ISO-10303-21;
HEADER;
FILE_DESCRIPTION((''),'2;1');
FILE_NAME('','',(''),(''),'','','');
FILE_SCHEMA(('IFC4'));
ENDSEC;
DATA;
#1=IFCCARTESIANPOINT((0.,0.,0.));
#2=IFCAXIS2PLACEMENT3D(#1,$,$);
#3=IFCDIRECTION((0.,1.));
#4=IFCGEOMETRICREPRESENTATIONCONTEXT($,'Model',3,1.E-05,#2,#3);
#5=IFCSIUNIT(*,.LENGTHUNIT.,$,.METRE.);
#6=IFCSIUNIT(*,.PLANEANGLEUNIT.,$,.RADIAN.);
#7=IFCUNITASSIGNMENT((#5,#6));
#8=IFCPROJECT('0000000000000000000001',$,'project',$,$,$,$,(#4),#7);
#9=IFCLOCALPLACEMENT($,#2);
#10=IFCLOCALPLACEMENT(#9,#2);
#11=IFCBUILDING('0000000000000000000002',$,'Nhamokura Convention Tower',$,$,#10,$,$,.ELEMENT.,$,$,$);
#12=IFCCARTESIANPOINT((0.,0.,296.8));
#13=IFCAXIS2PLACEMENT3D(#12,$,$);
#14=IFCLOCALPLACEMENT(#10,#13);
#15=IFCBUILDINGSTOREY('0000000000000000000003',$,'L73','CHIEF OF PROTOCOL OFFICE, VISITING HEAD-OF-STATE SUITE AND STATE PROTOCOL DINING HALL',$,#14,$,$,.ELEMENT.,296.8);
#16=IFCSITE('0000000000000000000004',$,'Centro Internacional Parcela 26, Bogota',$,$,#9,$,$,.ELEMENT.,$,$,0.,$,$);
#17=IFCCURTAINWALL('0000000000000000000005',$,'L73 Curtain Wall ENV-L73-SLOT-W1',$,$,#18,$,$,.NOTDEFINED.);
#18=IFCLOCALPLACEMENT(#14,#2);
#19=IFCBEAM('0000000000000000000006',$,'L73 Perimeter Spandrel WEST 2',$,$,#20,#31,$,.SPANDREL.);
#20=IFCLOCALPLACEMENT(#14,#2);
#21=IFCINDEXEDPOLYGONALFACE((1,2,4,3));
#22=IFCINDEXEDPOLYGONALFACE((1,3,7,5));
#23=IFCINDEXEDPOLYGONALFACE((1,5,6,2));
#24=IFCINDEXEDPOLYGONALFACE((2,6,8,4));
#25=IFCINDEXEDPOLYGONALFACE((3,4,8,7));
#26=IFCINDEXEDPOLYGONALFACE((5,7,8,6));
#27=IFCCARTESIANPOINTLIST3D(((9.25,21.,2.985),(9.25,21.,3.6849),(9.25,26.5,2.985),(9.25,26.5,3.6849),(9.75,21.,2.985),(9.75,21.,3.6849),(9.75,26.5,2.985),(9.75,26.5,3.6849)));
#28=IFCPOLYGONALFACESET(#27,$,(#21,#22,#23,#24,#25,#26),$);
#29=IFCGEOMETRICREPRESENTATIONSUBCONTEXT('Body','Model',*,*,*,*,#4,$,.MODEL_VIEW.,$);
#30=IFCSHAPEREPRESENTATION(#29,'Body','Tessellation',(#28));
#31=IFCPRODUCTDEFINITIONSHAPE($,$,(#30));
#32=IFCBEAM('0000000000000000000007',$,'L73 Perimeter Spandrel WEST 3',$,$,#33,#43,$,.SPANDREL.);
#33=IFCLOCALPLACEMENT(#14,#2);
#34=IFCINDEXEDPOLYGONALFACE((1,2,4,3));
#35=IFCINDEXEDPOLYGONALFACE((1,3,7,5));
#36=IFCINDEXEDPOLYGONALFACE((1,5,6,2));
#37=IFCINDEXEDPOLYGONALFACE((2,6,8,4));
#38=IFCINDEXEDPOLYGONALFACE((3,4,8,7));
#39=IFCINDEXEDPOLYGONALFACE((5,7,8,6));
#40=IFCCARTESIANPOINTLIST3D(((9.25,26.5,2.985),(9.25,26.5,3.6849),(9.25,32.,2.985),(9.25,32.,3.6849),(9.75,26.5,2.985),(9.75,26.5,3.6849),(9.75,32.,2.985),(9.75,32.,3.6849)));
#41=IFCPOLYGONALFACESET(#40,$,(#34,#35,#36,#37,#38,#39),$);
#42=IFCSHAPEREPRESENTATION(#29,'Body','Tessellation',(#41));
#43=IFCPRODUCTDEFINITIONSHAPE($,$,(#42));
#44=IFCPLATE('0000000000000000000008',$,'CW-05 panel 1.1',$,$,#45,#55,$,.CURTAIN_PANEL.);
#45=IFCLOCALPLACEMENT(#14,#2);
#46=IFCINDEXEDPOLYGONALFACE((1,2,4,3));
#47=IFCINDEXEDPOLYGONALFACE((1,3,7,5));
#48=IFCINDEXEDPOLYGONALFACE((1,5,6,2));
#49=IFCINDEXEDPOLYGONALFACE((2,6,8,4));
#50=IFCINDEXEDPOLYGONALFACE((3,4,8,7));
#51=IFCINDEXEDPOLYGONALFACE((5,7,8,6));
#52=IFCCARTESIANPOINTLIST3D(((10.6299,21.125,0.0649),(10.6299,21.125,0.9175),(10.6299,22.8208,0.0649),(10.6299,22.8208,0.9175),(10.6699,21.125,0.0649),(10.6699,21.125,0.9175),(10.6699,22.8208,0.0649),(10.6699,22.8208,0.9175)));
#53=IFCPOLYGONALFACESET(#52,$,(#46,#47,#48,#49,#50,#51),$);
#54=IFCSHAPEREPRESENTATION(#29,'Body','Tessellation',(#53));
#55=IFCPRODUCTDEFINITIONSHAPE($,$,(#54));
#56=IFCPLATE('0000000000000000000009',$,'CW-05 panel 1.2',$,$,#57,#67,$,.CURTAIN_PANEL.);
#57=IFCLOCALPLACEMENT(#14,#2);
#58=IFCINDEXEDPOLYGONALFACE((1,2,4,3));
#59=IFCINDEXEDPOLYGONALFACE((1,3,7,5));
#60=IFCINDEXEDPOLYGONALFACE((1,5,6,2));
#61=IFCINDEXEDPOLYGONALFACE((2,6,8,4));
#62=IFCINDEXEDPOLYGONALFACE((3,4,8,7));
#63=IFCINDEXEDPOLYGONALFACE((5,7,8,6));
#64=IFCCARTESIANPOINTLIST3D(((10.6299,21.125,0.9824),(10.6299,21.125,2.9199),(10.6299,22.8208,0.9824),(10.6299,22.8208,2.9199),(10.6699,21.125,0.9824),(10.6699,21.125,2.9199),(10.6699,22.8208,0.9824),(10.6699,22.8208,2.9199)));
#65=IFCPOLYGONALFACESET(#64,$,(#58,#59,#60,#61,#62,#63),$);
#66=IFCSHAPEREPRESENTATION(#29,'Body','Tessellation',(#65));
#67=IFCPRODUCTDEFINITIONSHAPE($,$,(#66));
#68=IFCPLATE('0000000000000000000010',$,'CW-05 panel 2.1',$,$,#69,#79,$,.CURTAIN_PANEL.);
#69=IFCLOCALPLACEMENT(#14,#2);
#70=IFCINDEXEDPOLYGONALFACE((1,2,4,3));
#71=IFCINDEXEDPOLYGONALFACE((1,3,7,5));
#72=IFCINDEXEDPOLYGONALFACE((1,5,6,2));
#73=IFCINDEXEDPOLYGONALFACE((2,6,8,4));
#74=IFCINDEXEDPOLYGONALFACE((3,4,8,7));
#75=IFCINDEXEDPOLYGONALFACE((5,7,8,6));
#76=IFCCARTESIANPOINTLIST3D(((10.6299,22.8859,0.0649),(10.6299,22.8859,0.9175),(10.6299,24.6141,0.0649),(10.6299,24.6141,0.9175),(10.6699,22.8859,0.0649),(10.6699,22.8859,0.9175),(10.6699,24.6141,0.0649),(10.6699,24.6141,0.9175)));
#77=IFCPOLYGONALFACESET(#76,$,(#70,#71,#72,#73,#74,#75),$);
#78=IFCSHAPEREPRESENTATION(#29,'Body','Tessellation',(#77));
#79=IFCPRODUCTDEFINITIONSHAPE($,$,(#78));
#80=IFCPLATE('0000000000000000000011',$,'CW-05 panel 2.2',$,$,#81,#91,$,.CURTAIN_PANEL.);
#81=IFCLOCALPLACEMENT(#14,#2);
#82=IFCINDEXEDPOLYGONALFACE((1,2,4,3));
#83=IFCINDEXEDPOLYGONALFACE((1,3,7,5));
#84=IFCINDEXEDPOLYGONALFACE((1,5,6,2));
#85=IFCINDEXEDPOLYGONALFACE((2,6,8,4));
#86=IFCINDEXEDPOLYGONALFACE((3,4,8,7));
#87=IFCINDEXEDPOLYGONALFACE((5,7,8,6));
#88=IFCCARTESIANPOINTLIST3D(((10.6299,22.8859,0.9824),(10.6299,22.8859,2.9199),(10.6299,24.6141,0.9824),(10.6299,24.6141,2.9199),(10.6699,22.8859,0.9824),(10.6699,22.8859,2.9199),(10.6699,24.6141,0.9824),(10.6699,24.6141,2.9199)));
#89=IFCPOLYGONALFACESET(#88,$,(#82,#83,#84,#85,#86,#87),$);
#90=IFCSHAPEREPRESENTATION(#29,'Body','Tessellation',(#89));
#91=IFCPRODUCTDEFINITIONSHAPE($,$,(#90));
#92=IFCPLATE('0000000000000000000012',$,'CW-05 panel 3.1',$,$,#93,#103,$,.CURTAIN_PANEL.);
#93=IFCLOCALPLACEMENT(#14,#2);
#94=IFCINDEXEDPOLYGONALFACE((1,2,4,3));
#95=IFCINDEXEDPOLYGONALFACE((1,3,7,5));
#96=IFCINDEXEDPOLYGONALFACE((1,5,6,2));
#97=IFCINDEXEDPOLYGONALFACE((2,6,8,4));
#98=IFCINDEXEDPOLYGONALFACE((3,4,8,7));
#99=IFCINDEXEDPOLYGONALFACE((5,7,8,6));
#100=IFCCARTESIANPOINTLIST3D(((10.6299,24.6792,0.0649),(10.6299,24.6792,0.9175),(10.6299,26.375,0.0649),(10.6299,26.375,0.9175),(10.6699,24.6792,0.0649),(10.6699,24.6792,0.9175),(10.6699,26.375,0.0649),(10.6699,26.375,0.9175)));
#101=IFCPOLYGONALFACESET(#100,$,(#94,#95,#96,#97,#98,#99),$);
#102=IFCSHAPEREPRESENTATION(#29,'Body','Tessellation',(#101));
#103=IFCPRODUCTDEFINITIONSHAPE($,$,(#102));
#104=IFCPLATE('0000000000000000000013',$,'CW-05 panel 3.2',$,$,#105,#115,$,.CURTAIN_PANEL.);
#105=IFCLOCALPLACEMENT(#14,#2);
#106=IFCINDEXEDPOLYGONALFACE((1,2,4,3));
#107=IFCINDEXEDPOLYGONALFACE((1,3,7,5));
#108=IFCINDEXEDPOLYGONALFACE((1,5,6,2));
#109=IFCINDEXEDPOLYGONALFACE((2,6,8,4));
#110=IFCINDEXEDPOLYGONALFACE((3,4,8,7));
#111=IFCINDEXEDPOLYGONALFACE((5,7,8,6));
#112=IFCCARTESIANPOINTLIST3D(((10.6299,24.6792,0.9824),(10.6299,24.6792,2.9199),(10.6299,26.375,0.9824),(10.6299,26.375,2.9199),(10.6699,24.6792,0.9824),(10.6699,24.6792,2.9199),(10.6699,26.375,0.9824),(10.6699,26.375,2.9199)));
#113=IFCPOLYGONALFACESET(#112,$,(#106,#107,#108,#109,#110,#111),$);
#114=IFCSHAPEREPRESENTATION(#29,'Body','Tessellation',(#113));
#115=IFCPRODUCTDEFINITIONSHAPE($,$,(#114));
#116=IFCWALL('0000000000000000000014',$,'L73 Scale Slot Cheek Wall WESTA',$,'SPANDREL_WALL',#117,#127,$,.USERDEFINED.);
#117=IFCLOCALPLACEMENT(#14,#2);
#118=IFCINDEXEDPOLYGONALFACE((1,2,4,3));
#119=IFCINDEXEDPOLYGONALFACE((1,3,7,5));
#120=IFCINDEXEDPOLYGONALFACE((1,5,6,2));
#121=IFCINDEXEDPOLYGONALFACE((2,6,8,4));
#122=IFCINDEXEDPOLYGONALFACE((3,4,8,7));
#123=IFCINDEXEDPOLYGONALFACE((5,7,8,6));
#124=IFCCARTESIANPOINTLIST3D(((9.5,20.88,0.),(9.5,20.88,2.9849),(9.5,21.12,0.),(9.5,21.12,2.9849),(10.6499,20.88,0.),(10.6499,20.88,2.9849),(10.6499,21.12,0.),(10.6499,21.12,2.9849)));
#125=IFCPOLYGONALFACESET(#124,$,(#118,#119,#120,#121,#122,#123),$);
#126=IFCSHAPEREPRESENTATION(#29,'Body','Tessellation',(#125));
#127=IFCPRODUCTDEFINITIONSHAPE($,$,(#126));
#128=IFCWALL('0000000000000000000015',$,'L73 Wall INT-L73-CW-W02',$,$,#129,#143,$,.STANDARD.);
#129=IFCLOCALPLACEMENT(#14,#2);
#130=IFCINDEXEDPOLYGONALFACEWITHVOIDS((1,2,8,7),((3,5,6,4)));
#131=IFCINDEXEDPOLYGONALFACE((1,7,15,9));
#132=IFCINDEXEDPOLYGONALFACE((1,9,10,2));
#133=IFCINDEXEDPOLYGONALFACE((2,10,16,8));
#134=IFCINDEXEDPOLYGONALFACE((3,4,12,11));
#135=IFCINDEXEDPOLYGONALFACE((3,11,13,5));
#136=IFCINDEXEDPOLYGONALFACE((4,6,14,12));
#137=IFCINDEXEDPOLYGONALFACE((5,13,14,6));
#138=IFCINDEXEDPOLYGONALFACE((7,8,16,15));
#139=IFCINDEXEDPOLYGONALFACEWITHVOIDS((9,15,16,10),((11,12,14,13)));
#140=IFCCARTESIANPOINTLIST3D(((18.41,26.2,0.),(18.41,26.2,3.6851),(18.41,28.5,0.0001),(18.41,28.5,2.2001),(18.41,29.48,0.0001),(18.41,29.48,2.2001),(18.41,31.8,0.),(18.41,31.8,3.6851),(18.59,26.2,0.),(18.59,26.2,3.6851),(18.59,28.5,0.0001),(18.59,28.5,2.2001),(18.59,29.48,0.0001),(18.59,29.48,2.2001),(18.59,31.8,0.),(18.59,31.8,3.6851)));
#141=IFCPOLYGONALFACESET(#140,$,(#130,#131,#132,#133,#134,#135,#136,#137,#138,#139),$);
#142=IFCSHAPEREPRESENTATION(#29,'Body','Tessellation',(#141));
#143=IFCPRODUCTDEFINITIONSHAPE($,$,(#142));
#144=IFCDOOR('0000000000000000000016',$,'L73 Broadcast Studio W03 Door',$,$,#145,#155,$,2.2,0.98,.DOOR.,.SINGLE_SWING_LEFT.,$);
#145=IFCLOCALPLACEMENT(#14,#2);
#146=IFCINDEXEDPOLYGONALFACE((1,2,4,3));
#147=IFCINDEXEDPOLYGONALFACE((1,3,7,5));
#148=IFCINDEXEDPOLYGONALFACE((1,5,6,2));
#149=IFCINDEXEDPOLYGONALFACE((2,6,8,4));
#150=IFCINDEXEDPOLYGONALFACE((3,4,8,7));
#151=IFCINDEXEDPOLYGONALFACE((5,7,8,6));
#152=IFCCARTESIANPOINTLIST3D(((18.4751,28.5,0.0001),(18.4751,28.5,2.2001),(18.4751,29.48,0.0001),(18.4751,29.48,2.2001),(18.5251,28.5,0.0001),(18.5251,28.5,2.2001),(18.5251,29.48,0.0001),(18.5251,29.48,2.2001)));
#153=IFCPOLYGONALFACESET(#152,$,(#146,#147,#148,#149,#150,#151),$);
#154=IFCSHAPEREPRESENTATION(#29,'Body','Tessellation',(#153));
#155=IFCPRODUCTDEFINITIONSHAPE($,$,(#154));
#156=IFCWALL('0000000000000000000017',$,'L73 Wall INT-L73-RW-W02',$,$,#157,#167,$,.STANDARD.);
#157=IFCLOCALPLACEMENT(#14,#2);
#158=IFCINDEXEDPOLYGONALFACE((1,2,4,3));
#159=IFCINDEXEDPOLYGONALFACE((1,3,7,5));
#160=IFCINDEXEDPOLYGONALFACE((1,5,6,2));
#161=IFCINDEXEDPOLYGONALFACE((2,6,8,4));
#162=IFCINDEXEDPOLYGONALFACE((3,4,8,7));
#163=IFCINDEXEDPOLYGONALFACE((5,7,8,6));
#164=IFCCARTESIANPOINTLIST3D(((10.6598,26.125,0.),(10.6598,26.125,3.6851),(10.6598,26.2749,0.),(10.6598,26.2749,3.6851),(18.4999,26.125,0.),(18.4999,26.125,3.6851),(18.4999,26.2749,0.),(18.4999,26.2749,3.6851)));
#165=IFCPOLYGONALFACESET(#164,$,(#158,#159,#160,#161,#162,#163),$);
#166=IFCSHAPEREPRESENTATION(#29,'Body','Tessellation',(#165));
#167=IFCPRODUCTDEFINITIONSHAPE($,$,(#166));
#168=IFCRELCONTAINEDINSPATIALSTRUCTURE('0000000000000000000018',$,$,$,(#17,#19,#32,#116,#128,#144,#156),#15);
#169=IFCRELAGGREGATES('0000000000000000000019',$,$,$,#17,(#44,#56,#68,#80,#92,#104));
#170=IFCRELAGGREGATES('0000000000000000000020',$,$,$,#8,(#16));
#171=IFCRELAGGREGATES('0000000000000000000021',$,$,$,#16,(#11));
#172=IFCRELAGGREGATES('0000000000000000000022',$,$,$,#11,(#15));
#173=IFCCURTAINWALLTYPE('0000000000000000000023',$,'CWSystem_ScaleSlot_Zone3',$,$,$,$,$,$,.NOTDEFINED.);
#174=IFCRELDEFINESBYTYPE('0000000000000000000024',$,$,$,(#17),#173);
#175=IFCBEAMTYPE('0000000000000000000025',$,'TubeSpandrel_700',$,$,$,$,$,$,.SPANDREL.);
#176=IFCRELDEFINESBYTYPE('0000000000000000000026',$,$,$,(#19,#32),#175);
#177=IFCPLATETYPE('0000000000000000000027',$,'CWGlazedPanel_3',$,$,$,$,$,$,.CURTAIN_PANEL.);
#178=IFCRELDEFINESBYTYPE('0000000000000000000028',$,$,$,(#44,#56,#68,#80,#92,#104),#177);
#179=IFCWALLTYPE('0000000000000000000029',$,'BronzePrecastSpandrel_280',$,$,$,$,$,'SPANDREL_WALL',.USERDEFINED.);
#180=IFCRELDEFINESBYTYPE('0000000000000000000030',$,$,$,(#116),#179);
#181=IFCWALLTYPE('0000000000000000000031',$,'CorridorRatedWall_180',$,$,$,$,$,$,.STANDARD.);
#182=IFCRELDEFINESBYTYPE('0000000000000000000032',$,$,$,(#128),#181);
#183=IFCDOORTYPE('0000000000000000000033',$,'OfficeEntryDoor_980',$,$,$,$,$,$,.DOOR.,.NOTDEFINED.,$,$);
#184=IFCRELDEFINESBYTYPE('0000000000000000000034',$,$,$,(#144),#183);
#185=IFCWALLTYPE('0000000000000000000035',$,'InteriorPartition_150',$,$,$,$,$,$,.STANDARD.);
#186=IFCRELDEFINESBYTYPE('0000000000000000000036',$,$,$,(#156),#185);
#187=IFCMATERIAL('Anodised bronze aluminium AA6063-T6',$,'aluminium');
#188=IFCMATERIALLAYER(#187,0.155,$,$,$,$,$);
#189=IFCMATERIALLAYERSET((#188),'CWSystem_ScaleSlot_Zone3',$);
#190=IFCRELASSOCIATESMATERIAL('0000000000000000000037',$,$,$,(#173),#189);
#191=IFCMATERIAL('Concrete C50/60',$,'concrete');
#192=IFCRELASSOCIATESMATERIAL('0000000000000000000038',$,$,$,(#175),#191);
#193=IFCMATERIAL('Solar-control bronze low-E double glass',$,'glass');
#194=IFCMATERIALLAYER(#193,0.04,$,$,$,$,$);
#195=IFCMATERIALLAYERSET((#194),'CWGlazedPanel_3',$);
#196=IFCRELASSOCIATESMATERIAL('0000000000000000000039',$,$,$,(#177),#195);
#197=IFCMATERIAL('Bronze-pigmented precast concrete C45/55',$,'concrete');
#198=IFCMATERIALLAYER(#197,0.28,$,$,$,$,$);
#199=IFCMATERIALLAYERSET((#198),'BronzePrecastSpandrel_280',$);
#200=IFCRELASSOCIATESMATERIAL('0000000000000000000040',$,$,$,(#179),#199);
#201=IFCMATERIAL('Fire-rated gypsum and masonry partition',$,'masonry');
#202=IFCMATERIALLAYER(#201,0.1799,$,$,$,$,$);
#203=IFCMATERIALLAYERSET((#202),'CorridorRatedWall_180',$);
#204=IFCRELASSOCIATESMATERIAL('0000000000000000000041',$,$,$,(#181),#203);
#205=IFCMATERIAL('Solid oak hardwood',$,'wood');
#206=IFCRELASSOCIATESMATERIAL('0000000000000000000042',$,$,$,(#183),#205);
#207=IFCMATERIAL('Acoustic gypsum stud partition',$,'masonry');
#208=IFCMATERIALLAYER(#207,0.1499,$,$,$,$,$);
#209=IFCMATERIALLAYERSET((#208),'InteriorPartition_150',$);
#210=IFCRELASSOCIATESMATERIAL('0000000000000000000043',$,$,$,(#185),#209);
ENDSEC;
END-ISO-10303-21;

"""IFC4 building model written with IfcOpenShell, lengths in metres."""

from ifc_helpers import new_model, si_unit, direction, frame, frame_2d, origin, origin_2d, place, context, subcontext, project, spatial, rectangle, extrude, material, layer, layer_set, material_profile, profile_set, type_object, element, fill, aggregate, save


model = new_model("IFC4")

# Units and contexts
model_context = context("Model", 3, precision=1e-05, world=origin(), true_north=direction((0.0, 1.0)))
body_context = subcontext(model_context, "Body", "Model", "MODEL_VIEW")
ifc_project = project(units=[si_unit("LENGTHUNIT", "METRE"), si_unit("PLANEANGLEUNIT", "RADIAN")], contexts=[model_context])

# Site, building, storey
site_placement = place(None, origin())
site = spatial("IfcSite", under=ifc_project, at=site_placement, Name="Centro Internacional Parcela 26, Bogota", CompositionType="ELEMENT", RefElevation=0.0)
building_placement = place(site_placement, origin())
building = spatial("IfcBuilding", under=site, at=building_placement, Name="Nhamokura Convention Tower", CompositionType="ELEMENT")
storey_placement = place(building_placement, frame((0.0, 0.0, 296.8)))
storey = spatial("IfcBuildingStorey", under=building, at=storey_placement, Name="L73", Description="CHIEF OF PROTOCOL OFFICE, VISITING HEAD-OF-STATE SUITE AND STATE PROTOCOL DINING HALL", CompositionType="ELEMENT", Elevation=296.8)

# Curtain wall
ifc_material_1 = material(Name="Anodised bronze aluminium AA6063-T6", Category="aluminium")
ifc_layer_1 = layer(ifc_material_1, 0.155)
ifc_layer_set_1 = layer_set([ifc_layer_1], Name="CWSystem_ScaleSlot_Zone3")
curtain_wall_type = type_object("IfcCurtainWallType", Name="CWSystem_ScaleSlot_Zone3", PredefinedType="NOTDEFINED", material=ifc_layer_set_1)
curtain_wall_placement = place(storey_placement, origin())
curtain_wall = element("IfcCurtainWall", 1, at=curtain_wall_placement, inside=storey, type_object=curtain_wall_type, Name="L73 Curtain Wall ENV-L73-SLOT-W1", PredefinedType="NOTDEFINED")

# Beams
ifc_material_2 = material(Name="Concrete C50/60", Category="concrete")
ifc_material_profile_1 = material_profile(ifc_material_2, rectangle(XDim=0.5, YDim=0.7, at=origin_2d()))
ifc_profile_set_1 = profile_set([ifc_material_profile_1], Name="Concrete C50/60")
beam_type = type_object("IfcBeamType", Name="TubeSpandrel_700", PredefinedType="SPANDREL", material=ifc_profile_set_1)
for number, where, z_axis, x_axis, name in (
    (2, (9.5, 21.0, 3.335), (0.0, 1.0, 0.0), (-1.0, 0.0, 0.0), "L73 Perimeter Spandrel WEST 2"),
    (3, (9.5, 26.5, 3.335), (0.0, 1.0, 0.0), (-1.0, 0.0, 0.0), "L73 Perimeter Spandrel WEST 3"),
):
    element("IfcBeam", number, at=place(storey_placement, frame(where, z_axis=z_axis, x_axis=x_axis)), inside=storey, type_object=beam_type, Name=name, PredefinedType="SPANDREL", context=body_context, shape_type="SweptSolid", body=[
        extrude(rectangle(XDim=0.5, YDim=0.7, at=origin_2d()), origin(), (0.0, 0.0, 1.0), 5.5),
    ])

# Plates
ifc_material_3 = material(Name="Solar-control bronze low-E double glass", Category="glass")
ifc_layer_2 = layer(ifc_material_3, 0.04)
ifc_layer_set_2 = layer_set([ifc_layer_2], Name="CWGlazedPanel_3")
plate_type = type_object("IfcPlateType", Name="CWGlazedPanel_3", PredefinedType="CURTAIN_PANEL", material=ifc_layer_set_2)
plate_1_placement = place(storey_placement, frame((10.6499, 21.9729, 0.0649), z_axis=(0.0, 0.0, 1.0), x_axis=(0.0, 1.0, 0.0)))
plate_1 = element("IfcPlate", 4, at=plate_1_placement, type_object=plate_type, Name="CW-05 panel 1.1", PredefinedType="CURTAIN_PANEL", context=body_context, shape_type="SweptSolid", body=[
    extrude(rectangle(XDim=1.6958, YDim=0.04, at=origin_2d()), origin(), (0.0, 0.0, 1.0), 0.8525),
])
plate_2_placement = place(storey_placement, frame((10.6499, 21.9729, 0.9824), z_axis=(0.0, 0.0, 1.0), x_axis=(0.0, 1.0, 0.0)))
plate_2 = element("IfcPlate", 5, at=plate_2_placement, type_object=plate_type, Name="CW-05 panel 1.2", PredefinedType="CURTAIN_PANEL", context=body_context, shape_type="SweptSolid", body=[
    extrude(rectangle(XDim=1.6958, YDim=0.04, at=origin_2d()), origin(), (0.0, 0.0, 1.0), 1.9375),
])
plate_3_placement = place(storey_placement, frame((10.6499, 23.75, 0.0649), z_axis=(0.0, 0.0, 1.0), x_axis=(0.0, 1.0, 0.0)))
plate_3 = element("IfcPlate", 6, at=plate_3_placement, type_object=plate_type, Name="CW-05 panel 2.1", PredefinedType="CURTAIN_PANEL", context=body_context, shape_type="SweptSolid", body=[
    extrude(rectangle(XDim=1.7283, YDim=0.04, at=origin_2d()), origin(), (0.0, 0.0, 1.0), 0.8525),
])
plate_4_placement = place(storey_placement, frame((10.6499, 23.75, 0.9824), z_axis=(0.0, 0.0, 1.0), x_axis=(0.0, 1.0, 0.0)))
plate_4 = element("IfcPlate", 7, at=plate_4_placement, type_object=plate_type, Name="CW-05 panel 2.2", PredefinedType="CURTAIN_PANEL", context=body_context, shape_type="SweptSolid", body=[
    extrude(rectangle(XDim=1.7283, YDim=0.04, at=origin_2d()), origin(), (0.0, 0.0, 1.0), 1.9375),
])
plate_5_placement = place(storey_placement, frame((10.6499, 25.5271, 0.0649), z_axis=(0.0, 0.0, 1.0), x_axis=(0.0, 1.0, 0.0)))
plate_5 = element("IfcPlate", 8, at=plate_5_placement, type_object=plate_type, Name="CW-05 panel 3.1", PredefinedType="CURTAIN_PANEL", context=body_context, shape_type="SweptSolid", body=[
    extrude(rectangle(XDim=1.6958, YDim=0.04, at=origin_2d()), origin(), (0.0, 0.0, 1.0), 0.8525),
])
plate_6_placement = place(storey_placement, frame((10.6499, 25.5271, 0.9824), z_axis=(0.0, 0.0, 1.0), x_axis=(0.0, 1.0, 0.0)))
plate_6 = element("IfcPlate", 9, at=plate_6_placement, type_object=plate_type, Name="CW-05 panel 3.2", PredefinedType="CURTAIN_PANEL", context=body_context, shape_type="SweptSolid", body=[
    extrude(rectangle(XDim=1.6958, YDim=0.04, at=origin_2d()), origin(), (0.0, 0.0, 1.0), 1.9375),
])
aggregate(curtain_wall, [plate_1, plate_2, plate_3, plate_4, plate_5, plate_6])

# Wall
ifc_material_4 = material(Name="Bronze-pigmented precast concrete C45/55", Category="concrete")
ifc_layer_3 = layer(ifc_material_4, 0.28)
ifc_layer_set_3 = layer_set([ifc_layer_3], Name="BronzePrecastSpandrel_280")
wall_type_1 = type_object("IfcWallType", Name="BronzePrecastSpandrel_280", ElementType="SPANDREL_WALL", PredefinedType="USERDEFINED", material=ifc_layer_set_3)
wall_1_placement = place(storey_placement, frame((9.5, 21.0, 0.0), z_axis=(0.0, 0.0, 1.0), x_axis=(1.0, 0.0, 0.0)))
element("IfcWall", 10, at=wall_1_placement, inside=storey, type_object=wall_type_1, Name="L73 Scale Slot Cheek Wall WESTA", ObjectType="SPANDREL_WALL", PredefinedType="USERDEFINED", context=body_context, shape_type="SweptSolid", body=[
    extrude(rectangle(XDim=1.1499, YDim=0.24, at=frame_2d((0.575, 0.0))), origin(), (0.0, 0.0, 1.0), 2.9849),
])

# Wall, opening, door
ifc_material_5 = material(Name="Fire-rated gypsum and masonry partition", Category="masonry")
ifc_layer_4 = layer(ifc_material_5, 0.1799)
ifc_layer_set_4 = layer_set([ifc_layer_4], Name="CorridorRatedWall_180")
wall_type_2 = type_object("IfcWallType", Name="CorridorRatedWall_180", PredefinedType="STANDARD", material=ifc_layer_set_4)
wall_2_placement = place(storey_placement, frame((18.5, 26.2, 0.0), z_axis=(0.0, 0.0, 1.0), x_axis=(0.0, 1.0, 0.0)))
wall_2 = element("IfcWall", 11, at=wall_2_placement, inside=storey, type_object=wall_type_2, Name="L73 Wall INT-L73-CW-W02", PredefinedType="STANDARD", context=body_context, shape_type="SweptSolid", body=[
    extrude(rectangle(XDim=5.6001, YDim=0.1799, at=frame_2d((2.8, 0.0))), origin(), (0.0, 0.0, 1.0), 3.6851),
])
opening_placement = place(wall_2_placement, frame((2.3, 0.0, 0.0)))
opening = element("IfcOpeningElement", 12, at=opening_placement, cuts=wall_2, PredefinedType="OPENING", context=body_context, shape_type="SweptSolid", body=[
    extrude(rectangle(XDim=0.98, YDim=2.2, at=frame_2d((0.49, 1.1001))), frame((0.0, 0.0999, 0.0), z_axis=(0.0, -1.0, 0.0), x_axis=(1.0, 0.0, 0.0)), (0.0, 0.0, 1.0), 0.2),
])
ifc_material_6 = material(Name="Solid oak hardwood", Category="wood")
door_type = type_object("IfcDoorType", Name="OfficeEntryDoor_980", OperationType="NOTDEFINED", PredefinedType="DOOR", material=ifc_material_6)
door_placement = place(opening_placement, origin())
door = element("IfcDoor", 13, at=door_placement, inside=storey, type_object=door_type, Name="L73 Broadcast Studio W03 Door", OperationType="SINGLE_SWING_LEFT", OverallHeight=2.2, OverallWidth=0.98, PredefinedType="DOOR", context=body_context, shape_type="SweptSolid", body=[
    extrude(rectangle(XDim=0.98, YDim=2.2, at=frame_2d((0.49, 1.1001))), frame((0.0, 0.0249, 0.0), z_axis=(0.0, -1.0, 0.0), x_axis=(1.0, 0.0, 0.0)), (0.0, 0.0, 1.0), 0.05),
])
fill(opening, door)

# Wall
ifc_material_7 = material(Name="Acoustic gypsum stud partition", Category="masonry")
ifc_layer_5 = layer(ifc_material_7, 0.1499)
ifc_layer_set_5 = layer_set([ifc_layer_5], Name="InteriorPartition_150")
wall_type_3 = type_object("IfcWallType", Name="InteriorPartition_150", PredefinedType="STANDARD", material=ifc_layer_set_5)
wall_3_placement = place(storey_placement, frame((10.6599, 26.2, 0.0), z_axis=(0.0, 0.0, 1.0), x_axis=(1.0, 0.0, 0.0)))
element("IfcWall", 14, at=wall_3_placement, inside=storey, type_object=wall_type_3, Name="L73 Wall INT-L73-RW-W02", PredefinedType="STANDARD", context=body_context, shape_type="SweptSolid", body=[
    extrude(rectangle(XDim=7.8401, YDim=0.1499, at=frame_2d((3.9199, 0.0))), origin(), (0.0, 0.0, 1.0), 3.6851),
])

save(model, "model.ifc")
